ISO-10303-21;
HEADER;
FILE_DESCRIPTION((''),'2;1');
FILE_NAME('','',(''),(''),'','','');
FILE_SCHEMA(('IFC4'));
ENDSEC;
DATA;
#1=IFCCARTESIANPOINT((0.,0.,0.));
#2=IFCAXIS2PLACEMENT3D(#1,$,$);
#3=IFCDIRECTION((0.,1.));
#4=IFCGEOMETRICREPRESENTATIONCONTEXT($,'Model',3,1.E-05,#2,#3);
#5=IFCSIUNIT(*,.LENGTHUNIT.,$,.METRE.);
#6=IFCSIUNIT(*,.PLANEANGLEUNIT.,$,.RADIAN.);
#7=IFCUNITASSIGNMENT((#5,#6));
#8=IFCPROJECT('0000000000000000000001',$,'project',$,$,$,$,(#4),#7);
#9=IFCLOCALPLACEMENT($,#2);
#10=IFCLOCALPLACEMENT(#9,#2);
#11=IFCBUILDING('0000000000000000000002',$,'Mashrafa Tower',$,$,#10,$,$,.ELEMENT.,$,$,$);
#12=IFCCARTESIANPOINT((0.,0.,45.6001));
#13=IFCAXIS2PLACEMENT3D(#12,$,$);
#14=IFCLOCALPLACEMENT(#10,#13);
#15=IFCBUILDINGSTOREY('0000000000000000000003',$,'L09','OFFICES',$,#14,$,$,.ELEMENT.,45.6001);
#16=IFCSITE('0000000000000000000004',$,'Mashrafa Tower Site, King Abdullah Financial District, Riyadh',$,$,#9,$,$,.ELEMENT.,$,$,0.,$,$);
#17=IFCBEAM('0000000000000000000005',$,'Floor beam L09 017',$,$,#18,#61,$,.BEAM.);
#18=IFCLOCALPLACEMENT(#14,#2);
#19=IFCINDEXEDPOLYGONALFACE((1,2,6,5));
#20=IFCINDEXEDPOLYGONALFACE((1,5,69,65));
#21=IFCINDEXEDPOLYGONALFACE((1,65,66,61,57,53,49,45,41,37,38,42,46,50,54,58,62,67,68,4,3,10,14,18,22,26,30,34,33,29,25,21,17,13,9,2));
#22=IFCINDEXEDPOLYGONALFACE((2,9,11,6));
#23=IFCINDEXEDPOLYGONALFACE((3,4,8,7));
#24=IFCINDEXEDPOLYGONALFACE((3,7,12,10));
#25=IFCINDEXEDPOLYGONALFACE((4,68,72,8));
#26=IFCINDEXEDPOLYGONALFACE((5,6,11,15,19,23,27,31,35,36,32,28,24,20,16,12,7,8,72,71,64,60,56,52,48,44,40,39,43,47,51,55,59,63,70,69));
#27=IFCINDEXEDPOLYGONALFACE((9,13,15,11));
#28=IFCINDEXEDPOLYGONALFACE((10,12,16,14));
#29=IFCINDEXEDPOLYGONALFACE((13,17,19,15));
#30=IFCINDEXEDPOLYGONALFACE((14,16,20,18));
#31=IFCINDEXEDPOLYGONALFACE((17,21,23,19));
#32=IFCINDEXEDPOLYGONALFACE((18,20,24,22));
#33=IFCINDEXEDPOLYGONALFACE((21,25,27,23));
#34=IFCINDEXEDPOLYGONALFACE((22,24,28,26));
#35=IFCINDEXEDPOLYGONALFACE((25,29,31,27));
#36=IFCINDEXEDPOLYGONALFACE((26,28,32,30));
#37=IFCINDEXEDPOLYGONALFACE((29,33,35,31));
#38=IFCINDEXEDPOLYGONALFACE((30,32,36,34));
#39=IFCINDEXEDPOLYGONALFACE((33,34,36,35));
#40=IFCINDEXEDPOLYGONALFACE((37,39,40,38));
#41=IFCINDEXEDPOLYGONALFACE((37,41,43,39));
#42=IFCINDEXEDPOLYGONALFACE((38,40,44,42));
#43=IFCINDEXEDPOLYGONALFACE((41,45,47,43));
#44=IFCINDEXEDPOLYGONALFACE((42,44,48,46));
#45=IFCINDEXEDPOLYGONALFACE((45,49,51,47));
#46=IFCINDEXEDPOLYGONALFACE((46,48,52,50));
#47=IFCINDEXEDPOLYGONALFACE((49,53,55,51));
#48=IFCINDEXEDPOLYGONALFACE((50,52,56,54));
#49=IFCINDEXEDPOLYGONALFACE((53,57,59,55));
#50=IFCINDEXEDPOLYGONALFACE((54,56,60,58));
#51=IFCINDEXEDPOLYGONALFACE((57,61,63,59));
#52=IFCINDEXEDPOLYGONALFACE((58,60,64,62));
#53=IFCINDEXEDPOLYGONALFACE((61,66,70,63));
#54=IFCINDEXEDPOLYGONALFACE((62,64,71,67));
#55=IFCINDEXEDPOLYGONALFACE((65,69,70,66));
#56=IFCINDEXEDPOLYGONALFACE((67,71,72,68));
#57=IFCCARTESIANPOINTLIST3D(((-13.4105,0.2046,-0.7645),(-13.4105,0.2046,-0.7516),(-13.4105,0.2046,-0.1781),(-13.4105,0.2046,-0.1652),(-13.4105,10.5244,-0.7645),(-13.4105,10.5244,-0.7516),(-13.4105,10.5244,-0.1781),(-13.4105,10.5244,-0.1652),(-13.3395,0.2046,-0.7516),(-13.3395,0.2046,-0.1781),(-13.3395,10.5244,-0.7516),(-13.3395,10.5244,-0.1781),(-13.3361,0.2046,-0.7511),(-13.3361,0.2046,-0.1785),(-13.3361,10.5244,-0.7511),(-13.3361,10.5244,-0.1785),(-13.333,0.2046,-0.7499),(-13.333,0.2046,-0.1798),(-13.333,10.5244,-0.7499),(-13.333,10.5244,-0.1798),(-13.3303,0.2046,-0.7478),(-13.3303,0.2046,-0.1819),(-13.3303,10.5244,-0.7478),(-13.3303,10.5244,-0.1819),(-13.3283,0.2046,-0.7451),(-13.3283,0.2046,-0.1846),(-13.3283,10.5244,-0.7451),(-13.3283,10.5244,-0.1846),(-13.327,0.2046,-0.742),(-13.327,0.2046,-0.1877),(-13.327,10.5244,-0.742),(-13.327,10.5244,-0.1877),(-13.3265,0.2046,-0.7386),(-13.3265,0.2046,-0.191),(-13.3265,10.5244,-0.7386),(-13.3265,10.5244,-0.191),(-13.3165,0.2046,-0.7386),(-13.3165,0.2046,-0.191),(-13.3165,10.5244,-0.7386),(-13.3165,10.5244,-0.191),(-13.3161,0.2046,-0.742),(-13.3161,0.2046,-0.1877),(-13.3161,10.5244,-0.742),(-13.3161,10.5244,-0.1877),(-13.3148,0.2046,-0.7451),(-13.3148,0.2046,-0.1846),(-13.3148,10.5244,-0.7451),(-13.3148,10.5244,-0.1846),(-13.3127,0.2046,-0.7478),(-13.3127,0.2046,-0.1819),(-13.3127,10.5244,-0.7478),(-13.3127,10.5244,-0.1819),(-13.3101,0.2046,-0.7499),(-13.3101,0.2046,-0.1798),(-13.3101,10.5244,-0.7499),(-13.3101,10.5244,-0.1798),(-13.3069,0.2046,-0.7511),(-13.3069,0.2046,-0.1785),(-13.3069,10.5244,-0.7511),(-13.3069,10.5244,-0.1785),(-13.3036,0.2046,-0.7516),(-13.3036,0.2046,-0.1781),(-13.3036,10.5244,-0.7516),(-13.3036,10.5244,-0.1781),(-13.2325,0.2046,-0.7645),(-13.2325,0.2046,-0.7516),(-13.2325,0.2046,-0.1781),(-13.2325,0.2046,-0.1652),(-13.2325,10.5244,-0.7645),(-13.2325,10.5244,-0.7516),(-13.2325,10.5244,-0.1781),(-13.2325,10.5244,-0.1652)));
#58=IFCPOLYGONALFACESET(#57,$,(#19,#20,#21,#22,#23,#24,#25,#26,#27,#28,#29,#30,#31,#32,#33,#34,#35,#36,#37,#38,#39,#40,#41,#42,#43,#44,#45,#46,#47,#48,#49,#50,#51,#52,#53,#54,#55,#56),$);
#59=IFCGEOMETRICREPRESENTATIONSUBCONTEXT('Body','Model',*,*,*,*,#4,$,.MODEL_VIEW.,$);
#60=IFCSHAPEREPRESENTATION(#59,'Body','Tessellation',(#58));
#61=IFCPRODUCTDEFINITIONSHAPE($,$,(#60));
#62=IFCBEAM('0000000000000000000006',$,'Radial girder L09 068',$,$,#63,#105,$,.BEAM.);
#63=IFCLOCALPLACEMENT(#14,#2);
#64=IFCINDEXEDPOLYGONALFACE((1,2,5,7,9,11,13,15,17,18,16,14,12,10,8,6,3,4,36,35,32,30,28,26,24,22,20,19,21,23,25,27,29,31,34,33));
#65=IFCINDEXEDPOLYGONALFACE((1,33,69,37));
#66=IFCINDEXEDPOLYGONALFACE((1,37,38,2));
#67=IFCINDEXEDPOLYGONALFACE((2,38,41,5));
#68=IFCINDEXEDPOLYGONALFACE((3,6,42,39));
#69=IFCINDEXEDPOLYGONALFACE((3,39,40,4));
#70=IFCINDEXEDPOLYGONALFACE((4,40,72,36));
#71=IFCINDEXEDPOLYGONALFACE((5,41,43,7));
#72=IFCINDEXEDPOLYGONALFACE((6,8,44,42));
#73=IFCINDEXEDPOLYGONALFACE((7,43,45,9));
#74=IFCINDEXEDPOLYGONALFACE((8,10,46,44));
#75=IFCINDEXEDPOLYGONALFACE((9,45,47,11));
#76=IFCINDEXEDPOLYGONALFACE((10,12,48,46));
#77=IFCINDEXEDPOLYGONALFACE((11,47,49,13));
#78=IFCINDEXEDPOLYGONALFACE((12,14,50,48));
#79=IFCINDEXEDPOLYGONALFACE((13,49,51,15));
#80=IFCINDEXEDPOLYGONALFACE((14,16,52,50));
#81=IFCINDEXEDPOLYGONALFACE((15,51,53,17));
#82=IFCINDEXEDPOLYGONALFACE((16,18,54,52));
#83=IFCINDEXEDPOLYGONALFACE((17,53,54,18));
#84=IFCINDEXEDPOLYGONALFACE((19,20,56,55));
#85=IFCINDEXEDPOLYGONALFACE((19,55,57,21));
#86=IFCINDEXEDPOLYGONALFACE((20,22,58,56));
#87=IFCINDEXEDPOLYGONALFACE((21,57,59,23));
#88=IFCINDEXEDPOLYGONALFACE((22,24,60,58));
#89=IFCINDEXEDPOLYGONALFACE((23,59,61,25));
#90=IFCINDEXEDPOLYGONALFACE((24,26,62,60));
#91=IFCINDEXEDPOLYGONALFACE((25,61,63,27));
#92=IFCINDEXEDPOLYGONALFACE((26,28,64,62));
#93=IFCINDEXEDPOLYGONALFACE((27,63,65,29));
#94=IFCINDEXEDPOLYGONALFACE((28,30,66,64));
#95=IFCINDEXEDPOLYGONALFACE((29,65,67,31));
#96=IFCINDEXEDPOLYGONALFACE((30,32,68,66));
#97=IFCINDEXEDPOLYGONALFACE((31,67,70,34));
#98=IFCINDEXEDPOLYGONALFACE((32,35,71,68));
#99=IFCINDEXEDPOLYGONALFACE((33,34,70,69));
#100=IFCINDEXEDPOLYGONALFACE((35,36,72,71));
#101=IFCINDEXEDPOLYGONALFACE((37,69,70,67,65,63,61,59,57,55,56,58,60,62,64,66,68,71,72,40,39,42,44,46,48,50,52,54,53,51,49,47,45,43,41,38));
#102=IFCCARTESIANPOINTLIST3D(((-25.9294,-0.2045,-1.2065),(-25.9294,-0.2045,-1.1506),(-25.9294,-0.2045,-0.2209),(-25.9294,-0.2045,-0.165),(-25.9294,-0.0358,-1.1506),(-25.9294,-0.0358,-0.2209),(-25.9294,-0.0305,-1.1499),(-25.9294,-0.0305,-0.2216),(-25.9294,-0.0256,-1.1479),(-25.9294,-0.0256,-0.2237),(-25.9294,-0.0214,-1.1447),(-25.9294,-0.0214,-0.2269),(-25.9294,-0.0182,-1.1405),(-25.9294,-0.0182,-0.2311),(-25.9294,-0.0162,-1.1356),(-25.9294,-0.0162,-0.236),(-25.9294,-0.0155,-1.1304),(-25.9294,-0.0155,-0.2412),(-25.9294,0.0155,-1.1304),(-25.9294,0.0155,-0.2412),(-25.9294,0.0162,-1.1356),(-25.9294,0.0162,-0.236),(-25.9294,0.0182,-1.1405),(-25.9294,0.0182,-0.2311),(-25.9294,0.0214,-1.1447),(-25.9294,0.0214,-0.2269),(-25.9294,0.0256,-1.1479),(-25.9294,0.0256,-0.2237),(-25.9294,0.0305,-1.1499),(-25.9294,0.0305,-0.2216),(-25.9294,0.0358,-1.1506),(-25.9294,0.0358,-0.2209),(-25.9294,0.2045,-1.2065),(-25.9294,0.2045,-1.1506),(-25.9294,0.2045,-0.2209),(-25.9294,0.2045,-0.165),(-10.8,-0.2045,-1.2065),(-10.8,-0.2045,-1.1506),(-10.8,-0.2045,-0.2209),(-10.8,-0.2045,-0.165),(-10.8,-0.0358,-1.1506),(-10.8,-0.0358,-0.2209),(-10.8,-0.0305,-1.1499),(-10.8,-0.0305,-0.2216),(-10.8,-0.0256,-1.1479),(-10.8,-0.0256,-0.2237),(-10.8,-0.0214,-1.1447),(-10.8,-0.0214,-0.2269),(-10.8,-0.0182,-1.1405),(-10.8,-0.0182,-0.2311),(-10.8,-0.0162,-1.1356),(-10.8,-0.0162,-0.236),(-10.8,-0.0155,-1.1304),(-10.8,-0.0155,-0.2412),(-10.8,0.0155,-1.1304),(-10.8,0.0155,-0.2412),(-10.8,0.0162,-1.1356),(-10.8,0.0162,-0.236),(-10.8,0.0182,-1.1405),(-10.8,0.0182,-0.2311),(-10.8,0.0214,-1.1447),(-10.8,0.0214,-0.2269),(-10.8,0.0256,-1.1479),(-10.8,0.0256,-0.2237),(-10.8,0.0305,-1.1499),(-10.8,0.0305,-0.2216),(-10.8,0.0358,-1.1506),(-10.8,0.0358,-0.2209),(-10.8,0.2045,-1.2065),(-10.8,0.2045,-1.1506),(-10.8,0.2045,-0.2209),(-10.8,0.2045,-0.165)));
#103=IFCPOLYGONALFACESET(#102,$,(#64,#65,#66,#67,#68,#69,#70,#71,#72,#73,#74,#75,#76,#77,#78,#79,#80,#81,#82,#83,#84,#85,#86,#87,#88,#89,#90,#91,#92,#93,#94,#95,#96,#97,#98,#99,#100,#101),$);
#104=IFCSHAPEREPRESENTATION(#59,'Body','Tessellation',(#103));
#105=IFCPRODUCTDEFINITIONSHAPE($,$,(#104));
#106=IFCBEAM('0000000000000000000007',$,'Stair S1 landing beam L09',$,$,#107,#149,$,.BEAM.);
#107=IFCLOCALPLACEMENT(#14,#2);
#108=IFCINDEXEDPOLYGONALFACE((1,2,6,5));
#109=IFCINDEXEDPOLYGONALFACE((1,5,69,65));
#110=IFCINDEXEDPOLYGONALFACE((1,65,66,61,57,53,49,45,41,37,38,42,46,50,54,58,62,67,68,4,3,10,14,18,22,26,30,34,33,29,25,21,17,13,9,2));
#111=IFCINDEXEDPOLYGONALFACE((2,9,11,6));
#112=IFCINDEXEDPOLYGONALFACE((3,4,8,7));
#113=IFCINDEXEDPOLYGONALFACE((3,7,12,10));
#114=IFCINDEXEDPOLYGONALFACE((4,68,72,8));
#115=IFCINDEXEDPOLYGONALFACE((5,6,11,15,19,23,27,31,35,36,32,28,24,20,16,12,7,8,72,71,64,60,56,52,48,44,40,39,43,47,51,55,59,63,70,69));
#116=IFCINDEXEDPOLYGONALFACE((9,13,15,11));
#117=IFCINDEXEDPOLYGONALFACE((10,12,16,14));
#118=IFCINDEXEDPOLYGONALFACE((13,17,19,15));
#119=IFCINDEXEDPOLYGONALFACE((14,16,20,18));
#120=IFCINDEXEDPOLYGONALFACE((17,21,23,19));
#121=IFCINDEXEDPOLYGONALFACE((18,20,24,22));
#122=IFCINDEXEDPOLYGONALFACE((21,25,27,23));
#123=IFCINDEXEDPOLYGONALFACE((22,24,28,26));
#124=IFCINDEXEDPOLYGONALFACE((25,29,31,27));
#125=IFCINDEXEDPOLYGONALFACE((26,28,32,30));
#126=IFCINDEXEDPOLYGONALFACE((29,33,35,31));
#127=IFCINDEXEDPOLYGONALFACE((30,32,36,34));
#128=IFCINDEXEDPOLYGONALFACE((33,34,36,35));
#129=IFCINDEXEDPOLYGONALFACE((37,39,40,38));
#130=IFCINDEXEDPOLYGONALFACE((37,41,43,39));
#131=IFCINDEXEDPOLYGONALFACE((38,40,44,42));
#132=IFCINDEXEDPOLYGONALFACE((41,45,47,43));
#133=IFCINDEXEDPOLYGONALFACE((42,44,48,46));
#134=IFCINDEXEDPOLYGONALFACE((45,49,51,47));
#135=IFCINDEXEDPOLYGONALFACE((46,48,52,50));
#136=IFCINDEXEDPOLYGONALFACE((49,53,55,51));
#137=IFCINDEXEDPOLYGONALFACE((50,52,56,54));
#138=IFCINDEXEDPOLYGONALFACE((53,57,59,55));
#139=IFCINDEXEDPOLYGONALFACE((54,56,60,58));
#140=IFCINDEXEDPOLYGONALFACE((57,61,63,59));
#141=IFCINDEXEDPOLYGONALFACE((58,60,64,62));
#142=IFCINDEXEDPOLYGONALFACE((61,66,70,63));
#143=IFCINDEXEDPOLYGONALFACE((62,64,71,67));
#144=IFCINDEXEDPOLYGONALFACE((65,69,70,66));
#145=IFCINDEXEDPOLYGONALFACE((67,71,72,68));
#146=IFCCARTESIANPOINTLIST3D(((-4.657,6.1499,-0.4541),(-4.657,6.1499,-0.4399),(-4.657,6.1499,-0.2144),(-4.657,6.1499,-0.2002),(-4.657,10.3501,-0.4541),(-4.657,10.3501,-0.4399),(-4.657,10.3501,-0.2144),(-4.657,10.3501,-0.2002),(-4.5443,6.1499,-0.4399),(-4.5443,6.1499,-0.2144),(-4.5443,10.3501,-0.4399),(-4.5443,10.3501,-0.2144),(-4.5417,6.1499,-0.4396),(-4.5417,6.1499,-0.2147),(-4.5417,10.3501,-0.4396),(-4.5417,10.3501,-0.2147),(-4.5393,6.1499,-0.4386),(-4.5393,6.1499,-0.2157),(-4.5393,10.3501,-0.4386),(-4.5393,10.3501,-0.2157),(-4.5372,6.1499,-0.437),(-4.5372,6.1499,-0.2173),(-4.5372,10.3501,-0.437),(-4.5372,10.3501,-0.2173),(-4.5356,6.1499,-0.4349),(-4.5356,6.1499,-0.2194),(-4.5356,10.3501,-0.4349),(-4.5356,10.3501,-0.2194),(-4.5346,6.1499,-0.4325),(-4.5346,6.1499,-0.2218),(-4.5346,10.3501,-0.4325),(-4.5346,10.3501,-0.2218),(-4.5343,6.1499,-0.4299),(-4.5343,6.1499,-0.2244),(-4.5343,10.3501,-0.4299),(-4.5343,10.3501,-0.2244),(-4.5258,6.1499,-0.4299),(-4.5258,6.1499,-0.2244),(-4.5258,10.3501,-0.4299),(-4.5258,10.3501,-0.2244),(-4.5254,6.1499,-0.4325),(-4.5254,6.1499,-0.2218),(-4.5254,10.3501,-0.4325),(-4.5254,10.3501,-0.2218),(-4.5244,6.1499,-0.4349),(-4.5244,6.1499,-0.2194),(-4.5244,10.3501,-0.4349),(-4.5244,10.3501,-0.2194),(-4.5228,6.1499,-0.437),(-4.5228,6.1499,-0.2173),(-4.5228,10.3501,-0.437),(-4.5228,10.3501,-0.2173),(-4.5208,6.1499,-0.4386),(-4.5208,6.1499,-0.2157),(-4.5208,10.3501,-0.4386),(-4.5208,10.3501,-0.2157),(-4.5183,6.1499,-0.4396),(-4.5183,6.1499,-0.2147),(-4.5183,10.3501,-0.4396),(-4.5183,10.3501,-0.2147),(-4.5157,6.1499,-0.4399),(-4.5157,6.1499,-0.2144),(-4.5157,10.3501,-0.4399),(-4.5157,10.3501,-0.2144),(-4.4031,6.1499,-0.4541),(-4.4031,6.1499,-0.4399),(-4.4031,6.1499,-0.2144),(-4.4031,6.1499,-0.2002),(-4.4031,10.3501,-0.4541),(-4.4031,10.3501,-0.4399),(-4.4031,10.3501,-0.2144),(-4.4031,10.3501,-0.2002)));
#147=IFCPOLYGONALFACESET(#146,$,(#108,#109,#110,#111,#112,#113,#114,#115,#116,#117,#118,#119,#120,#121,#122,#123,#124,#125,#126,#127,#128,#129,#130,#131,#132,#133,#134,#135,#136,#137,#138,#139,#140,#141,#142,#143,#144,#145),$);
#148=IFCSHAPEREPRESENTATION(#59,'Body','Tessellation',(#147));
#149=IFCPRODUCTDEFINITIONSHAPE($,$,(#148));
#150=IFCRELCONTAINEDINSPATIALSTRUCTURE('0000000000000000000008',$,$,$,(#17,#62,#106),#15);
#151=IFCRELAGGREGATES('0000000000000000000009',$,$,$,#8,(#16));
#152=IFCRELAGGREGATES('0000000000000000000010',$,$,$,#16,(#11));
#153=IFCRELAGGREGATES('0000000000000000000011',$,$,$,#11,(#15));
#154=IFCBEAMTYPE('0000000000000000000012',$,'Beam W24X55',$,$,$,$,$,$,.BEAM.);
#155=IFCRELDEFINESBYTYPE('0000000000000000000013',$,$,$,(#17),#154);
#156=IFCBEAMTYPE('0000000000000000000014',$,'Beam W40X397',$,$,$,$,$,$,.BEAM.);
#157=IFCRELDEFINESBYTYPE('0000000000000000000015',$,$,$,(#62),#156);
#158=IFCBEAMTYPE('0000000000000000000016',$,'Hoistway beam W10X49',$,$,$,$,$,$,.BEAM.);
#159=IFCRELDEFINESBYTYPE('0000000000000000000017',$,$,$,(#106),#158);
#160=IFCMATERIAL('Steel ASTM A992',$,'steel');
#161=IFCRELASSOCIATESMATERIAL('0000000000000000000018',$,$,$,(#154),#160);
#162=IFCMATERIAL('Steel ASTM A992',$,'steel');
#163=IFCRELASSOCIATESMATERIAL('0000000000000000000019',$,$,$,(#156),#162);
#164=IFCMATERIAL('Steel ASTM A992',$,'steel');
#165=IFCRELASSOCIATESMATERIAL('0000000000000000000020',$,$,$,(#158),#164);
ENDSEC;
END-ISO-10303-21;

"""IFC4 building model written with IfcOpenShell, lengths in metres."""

from ifc_helpers import new_model, si_unit, direction, frame, origin, origin_2d, place, context, subcontext, project, spatial, i_section, extrude, material, material_profile, profile_set, type_object, element, save


model = new_model("IFC4")

# Units and contexts
model_context = context("Model", 3, precision=1e-05, world=origin(), true_north=direction((0.0, 1.0)))
body_context = subcontext(model_context, "Body", "Model", "MODEL_VIEW")
ifc_project = project(units=[si_unit("LENGTHUNIT", "METRE"), si_unit("PLANEANGLEUNIT", "RADIAN")], contexts=[model_context])

# Site, building, storey
site_placement = place(None, origin())
site = spatial("IfcSite", under=ifc_project, at=site_placement, Name="Mashrafa Tower Site, King Abdullah Financial District, Riyadh", CompositionType="ELEMENT", RefElevation=0.0)
building_placement = place(site_placement, origin())
building = spatial("IfcBuilding", under=site, at=building_placement, Name="Mashrafa Tower", CompositionType="ELEMENT")
storey_placement = place(building_placement, frame((0.0, 0.0, 45.6001)))
storey = spatial("IfcBuildingStorey", under=building, at=storey_placement, Name="L09", Description="OFFICES", CompositionType="ELEMENT", Elevation=45.6001)

# Beams
ifc_material_1 = material(Name="Steel ASTM A992", Category="steel")
ifc_material_profile_1 = material_profile(ifc_material_1, i_section(OverallWidth=0.178, OverallDepth=0.5994, WebThickness=0.01, FlangeThickness=0.0129, FilletRadius=0.0129, at=origin_2d()), Name="W24X55")
ifc_profile_set_1 = profile_set([ifc_material_profile_1], Name="Steel ASTM A992")
beam_type_1 = type_object("IfcBeamType", Name="Beam W24X55", PredefinedType="BEAM", material=ifc_profile_set_1)
beam_1_placement = place(storey_placement, frame((-13.3215, 0.2046, -0.4648), z_axis=(0.0, 1.0, 0.0), x_axis=(-1.0, 0.0, 0.0)))
element("IfcBeam", 1, at=beam_1_placement, inside=storey, type_object=beam_type_1, Name="Floor beam L09 017", PredefinedType="BEAM", context=body_context, shape_type="SweptSolid", body=[
    extrude(i_section(OverallWidth=0.178, OverallDepth=0.5994, WebThickness=0.01, FlangeThickness=0.0129, FilletRadius=0.0129, at=origin_2d()), origin(), (0.0, 0.0, 1.0), 10.3198),
])
ifc_material_2 = material(Name="Steel ASTM A992", Category="steel")
ifc_material_profile_2 = material_profile(ifc_material_2, i_section(OverallWidth=0.4089, OverallDepth=1.0415, WebThickness=0.031, FlangeThickness=0.0559, FilletRadius=0.0203, at=origin_2d()), Name="W40X397")
ifc_profile_set_2 = profile_set([ifc_material_profile_2], Name="Steel ASTM A992")
beam_type_2 = type_object("IfcBeamType", Name="Beam W40X397", PredefinedType="BEAM", material=ifc_profile_set_2)
beam_2_placement = place(storey_placement, frame((-10.8, 0.0, -0.6858), z_axis=(-1.0, 0.0, 0.0), x_axis=(0.0, -1.0, 0.0)))
element("IfcBeam", 2, at=beam_2_placement, inside=storey, type_object=beam_type_2, Name="Radial girder L09 068", PredefinedType="BEAM", context=body_context, shape_type="SweptSolid", body=[
    extrude(i_section(OverallWidth=0.4089, OverallDepth=1.0415, WebThickness=0.031, FlangeThickness=0.0559, FilletRadius=0.0203, at=origin_2d()), origin(), (0.0, 0.0, 1.0), 15.1294),
])
ifc_material_3 = material(Name="Steel ASTM A992", Category="steel")
ifc_material_profile_3 = material_profile(ifc_material_3, i_section(OverallWidth=0.2539, OverallDepth=0.2539, WebThickness=0.0085, FlangeThickness=0.0142, FilletRadius=0.01, at=origin_2d()), Name="W10X49")
ifc_profile_set_3 = profile_set([ifc_material_profile_3], Name="Steel ASTM A992")
beam_type_3 = type_object("IfcBeamType", Name="Hoistway beam W10X49", PredefinedType="BEAM", material=ifc_profile_set_3)
beam_3_placement = place(storey_placement, frame((-4.53, 6.1499, -0.3271), z_axis=(0.0, 1.0, 0.0), x_axis=(-1.0, 0.0, 0.0)))
element("IfcBeam", 3, at=beam_3_placement, inside=storey, type_object=beam_type_3, Name="Stair S1 landing beam L09", PredefinedType="BEAM", context=body_context, shape_type="SweptSolid", body=[
    extrude(i_section(OverallWidth=0.2539, OverallDepth=0.2539, WebThickness=0.0085, FlangeThickness=0.0142, FilletRadius=0.01, at=origin_2d()), origin(), (0.0, 0.0, 1.0), 4.2002),
])

save(model, "model.ifc")
